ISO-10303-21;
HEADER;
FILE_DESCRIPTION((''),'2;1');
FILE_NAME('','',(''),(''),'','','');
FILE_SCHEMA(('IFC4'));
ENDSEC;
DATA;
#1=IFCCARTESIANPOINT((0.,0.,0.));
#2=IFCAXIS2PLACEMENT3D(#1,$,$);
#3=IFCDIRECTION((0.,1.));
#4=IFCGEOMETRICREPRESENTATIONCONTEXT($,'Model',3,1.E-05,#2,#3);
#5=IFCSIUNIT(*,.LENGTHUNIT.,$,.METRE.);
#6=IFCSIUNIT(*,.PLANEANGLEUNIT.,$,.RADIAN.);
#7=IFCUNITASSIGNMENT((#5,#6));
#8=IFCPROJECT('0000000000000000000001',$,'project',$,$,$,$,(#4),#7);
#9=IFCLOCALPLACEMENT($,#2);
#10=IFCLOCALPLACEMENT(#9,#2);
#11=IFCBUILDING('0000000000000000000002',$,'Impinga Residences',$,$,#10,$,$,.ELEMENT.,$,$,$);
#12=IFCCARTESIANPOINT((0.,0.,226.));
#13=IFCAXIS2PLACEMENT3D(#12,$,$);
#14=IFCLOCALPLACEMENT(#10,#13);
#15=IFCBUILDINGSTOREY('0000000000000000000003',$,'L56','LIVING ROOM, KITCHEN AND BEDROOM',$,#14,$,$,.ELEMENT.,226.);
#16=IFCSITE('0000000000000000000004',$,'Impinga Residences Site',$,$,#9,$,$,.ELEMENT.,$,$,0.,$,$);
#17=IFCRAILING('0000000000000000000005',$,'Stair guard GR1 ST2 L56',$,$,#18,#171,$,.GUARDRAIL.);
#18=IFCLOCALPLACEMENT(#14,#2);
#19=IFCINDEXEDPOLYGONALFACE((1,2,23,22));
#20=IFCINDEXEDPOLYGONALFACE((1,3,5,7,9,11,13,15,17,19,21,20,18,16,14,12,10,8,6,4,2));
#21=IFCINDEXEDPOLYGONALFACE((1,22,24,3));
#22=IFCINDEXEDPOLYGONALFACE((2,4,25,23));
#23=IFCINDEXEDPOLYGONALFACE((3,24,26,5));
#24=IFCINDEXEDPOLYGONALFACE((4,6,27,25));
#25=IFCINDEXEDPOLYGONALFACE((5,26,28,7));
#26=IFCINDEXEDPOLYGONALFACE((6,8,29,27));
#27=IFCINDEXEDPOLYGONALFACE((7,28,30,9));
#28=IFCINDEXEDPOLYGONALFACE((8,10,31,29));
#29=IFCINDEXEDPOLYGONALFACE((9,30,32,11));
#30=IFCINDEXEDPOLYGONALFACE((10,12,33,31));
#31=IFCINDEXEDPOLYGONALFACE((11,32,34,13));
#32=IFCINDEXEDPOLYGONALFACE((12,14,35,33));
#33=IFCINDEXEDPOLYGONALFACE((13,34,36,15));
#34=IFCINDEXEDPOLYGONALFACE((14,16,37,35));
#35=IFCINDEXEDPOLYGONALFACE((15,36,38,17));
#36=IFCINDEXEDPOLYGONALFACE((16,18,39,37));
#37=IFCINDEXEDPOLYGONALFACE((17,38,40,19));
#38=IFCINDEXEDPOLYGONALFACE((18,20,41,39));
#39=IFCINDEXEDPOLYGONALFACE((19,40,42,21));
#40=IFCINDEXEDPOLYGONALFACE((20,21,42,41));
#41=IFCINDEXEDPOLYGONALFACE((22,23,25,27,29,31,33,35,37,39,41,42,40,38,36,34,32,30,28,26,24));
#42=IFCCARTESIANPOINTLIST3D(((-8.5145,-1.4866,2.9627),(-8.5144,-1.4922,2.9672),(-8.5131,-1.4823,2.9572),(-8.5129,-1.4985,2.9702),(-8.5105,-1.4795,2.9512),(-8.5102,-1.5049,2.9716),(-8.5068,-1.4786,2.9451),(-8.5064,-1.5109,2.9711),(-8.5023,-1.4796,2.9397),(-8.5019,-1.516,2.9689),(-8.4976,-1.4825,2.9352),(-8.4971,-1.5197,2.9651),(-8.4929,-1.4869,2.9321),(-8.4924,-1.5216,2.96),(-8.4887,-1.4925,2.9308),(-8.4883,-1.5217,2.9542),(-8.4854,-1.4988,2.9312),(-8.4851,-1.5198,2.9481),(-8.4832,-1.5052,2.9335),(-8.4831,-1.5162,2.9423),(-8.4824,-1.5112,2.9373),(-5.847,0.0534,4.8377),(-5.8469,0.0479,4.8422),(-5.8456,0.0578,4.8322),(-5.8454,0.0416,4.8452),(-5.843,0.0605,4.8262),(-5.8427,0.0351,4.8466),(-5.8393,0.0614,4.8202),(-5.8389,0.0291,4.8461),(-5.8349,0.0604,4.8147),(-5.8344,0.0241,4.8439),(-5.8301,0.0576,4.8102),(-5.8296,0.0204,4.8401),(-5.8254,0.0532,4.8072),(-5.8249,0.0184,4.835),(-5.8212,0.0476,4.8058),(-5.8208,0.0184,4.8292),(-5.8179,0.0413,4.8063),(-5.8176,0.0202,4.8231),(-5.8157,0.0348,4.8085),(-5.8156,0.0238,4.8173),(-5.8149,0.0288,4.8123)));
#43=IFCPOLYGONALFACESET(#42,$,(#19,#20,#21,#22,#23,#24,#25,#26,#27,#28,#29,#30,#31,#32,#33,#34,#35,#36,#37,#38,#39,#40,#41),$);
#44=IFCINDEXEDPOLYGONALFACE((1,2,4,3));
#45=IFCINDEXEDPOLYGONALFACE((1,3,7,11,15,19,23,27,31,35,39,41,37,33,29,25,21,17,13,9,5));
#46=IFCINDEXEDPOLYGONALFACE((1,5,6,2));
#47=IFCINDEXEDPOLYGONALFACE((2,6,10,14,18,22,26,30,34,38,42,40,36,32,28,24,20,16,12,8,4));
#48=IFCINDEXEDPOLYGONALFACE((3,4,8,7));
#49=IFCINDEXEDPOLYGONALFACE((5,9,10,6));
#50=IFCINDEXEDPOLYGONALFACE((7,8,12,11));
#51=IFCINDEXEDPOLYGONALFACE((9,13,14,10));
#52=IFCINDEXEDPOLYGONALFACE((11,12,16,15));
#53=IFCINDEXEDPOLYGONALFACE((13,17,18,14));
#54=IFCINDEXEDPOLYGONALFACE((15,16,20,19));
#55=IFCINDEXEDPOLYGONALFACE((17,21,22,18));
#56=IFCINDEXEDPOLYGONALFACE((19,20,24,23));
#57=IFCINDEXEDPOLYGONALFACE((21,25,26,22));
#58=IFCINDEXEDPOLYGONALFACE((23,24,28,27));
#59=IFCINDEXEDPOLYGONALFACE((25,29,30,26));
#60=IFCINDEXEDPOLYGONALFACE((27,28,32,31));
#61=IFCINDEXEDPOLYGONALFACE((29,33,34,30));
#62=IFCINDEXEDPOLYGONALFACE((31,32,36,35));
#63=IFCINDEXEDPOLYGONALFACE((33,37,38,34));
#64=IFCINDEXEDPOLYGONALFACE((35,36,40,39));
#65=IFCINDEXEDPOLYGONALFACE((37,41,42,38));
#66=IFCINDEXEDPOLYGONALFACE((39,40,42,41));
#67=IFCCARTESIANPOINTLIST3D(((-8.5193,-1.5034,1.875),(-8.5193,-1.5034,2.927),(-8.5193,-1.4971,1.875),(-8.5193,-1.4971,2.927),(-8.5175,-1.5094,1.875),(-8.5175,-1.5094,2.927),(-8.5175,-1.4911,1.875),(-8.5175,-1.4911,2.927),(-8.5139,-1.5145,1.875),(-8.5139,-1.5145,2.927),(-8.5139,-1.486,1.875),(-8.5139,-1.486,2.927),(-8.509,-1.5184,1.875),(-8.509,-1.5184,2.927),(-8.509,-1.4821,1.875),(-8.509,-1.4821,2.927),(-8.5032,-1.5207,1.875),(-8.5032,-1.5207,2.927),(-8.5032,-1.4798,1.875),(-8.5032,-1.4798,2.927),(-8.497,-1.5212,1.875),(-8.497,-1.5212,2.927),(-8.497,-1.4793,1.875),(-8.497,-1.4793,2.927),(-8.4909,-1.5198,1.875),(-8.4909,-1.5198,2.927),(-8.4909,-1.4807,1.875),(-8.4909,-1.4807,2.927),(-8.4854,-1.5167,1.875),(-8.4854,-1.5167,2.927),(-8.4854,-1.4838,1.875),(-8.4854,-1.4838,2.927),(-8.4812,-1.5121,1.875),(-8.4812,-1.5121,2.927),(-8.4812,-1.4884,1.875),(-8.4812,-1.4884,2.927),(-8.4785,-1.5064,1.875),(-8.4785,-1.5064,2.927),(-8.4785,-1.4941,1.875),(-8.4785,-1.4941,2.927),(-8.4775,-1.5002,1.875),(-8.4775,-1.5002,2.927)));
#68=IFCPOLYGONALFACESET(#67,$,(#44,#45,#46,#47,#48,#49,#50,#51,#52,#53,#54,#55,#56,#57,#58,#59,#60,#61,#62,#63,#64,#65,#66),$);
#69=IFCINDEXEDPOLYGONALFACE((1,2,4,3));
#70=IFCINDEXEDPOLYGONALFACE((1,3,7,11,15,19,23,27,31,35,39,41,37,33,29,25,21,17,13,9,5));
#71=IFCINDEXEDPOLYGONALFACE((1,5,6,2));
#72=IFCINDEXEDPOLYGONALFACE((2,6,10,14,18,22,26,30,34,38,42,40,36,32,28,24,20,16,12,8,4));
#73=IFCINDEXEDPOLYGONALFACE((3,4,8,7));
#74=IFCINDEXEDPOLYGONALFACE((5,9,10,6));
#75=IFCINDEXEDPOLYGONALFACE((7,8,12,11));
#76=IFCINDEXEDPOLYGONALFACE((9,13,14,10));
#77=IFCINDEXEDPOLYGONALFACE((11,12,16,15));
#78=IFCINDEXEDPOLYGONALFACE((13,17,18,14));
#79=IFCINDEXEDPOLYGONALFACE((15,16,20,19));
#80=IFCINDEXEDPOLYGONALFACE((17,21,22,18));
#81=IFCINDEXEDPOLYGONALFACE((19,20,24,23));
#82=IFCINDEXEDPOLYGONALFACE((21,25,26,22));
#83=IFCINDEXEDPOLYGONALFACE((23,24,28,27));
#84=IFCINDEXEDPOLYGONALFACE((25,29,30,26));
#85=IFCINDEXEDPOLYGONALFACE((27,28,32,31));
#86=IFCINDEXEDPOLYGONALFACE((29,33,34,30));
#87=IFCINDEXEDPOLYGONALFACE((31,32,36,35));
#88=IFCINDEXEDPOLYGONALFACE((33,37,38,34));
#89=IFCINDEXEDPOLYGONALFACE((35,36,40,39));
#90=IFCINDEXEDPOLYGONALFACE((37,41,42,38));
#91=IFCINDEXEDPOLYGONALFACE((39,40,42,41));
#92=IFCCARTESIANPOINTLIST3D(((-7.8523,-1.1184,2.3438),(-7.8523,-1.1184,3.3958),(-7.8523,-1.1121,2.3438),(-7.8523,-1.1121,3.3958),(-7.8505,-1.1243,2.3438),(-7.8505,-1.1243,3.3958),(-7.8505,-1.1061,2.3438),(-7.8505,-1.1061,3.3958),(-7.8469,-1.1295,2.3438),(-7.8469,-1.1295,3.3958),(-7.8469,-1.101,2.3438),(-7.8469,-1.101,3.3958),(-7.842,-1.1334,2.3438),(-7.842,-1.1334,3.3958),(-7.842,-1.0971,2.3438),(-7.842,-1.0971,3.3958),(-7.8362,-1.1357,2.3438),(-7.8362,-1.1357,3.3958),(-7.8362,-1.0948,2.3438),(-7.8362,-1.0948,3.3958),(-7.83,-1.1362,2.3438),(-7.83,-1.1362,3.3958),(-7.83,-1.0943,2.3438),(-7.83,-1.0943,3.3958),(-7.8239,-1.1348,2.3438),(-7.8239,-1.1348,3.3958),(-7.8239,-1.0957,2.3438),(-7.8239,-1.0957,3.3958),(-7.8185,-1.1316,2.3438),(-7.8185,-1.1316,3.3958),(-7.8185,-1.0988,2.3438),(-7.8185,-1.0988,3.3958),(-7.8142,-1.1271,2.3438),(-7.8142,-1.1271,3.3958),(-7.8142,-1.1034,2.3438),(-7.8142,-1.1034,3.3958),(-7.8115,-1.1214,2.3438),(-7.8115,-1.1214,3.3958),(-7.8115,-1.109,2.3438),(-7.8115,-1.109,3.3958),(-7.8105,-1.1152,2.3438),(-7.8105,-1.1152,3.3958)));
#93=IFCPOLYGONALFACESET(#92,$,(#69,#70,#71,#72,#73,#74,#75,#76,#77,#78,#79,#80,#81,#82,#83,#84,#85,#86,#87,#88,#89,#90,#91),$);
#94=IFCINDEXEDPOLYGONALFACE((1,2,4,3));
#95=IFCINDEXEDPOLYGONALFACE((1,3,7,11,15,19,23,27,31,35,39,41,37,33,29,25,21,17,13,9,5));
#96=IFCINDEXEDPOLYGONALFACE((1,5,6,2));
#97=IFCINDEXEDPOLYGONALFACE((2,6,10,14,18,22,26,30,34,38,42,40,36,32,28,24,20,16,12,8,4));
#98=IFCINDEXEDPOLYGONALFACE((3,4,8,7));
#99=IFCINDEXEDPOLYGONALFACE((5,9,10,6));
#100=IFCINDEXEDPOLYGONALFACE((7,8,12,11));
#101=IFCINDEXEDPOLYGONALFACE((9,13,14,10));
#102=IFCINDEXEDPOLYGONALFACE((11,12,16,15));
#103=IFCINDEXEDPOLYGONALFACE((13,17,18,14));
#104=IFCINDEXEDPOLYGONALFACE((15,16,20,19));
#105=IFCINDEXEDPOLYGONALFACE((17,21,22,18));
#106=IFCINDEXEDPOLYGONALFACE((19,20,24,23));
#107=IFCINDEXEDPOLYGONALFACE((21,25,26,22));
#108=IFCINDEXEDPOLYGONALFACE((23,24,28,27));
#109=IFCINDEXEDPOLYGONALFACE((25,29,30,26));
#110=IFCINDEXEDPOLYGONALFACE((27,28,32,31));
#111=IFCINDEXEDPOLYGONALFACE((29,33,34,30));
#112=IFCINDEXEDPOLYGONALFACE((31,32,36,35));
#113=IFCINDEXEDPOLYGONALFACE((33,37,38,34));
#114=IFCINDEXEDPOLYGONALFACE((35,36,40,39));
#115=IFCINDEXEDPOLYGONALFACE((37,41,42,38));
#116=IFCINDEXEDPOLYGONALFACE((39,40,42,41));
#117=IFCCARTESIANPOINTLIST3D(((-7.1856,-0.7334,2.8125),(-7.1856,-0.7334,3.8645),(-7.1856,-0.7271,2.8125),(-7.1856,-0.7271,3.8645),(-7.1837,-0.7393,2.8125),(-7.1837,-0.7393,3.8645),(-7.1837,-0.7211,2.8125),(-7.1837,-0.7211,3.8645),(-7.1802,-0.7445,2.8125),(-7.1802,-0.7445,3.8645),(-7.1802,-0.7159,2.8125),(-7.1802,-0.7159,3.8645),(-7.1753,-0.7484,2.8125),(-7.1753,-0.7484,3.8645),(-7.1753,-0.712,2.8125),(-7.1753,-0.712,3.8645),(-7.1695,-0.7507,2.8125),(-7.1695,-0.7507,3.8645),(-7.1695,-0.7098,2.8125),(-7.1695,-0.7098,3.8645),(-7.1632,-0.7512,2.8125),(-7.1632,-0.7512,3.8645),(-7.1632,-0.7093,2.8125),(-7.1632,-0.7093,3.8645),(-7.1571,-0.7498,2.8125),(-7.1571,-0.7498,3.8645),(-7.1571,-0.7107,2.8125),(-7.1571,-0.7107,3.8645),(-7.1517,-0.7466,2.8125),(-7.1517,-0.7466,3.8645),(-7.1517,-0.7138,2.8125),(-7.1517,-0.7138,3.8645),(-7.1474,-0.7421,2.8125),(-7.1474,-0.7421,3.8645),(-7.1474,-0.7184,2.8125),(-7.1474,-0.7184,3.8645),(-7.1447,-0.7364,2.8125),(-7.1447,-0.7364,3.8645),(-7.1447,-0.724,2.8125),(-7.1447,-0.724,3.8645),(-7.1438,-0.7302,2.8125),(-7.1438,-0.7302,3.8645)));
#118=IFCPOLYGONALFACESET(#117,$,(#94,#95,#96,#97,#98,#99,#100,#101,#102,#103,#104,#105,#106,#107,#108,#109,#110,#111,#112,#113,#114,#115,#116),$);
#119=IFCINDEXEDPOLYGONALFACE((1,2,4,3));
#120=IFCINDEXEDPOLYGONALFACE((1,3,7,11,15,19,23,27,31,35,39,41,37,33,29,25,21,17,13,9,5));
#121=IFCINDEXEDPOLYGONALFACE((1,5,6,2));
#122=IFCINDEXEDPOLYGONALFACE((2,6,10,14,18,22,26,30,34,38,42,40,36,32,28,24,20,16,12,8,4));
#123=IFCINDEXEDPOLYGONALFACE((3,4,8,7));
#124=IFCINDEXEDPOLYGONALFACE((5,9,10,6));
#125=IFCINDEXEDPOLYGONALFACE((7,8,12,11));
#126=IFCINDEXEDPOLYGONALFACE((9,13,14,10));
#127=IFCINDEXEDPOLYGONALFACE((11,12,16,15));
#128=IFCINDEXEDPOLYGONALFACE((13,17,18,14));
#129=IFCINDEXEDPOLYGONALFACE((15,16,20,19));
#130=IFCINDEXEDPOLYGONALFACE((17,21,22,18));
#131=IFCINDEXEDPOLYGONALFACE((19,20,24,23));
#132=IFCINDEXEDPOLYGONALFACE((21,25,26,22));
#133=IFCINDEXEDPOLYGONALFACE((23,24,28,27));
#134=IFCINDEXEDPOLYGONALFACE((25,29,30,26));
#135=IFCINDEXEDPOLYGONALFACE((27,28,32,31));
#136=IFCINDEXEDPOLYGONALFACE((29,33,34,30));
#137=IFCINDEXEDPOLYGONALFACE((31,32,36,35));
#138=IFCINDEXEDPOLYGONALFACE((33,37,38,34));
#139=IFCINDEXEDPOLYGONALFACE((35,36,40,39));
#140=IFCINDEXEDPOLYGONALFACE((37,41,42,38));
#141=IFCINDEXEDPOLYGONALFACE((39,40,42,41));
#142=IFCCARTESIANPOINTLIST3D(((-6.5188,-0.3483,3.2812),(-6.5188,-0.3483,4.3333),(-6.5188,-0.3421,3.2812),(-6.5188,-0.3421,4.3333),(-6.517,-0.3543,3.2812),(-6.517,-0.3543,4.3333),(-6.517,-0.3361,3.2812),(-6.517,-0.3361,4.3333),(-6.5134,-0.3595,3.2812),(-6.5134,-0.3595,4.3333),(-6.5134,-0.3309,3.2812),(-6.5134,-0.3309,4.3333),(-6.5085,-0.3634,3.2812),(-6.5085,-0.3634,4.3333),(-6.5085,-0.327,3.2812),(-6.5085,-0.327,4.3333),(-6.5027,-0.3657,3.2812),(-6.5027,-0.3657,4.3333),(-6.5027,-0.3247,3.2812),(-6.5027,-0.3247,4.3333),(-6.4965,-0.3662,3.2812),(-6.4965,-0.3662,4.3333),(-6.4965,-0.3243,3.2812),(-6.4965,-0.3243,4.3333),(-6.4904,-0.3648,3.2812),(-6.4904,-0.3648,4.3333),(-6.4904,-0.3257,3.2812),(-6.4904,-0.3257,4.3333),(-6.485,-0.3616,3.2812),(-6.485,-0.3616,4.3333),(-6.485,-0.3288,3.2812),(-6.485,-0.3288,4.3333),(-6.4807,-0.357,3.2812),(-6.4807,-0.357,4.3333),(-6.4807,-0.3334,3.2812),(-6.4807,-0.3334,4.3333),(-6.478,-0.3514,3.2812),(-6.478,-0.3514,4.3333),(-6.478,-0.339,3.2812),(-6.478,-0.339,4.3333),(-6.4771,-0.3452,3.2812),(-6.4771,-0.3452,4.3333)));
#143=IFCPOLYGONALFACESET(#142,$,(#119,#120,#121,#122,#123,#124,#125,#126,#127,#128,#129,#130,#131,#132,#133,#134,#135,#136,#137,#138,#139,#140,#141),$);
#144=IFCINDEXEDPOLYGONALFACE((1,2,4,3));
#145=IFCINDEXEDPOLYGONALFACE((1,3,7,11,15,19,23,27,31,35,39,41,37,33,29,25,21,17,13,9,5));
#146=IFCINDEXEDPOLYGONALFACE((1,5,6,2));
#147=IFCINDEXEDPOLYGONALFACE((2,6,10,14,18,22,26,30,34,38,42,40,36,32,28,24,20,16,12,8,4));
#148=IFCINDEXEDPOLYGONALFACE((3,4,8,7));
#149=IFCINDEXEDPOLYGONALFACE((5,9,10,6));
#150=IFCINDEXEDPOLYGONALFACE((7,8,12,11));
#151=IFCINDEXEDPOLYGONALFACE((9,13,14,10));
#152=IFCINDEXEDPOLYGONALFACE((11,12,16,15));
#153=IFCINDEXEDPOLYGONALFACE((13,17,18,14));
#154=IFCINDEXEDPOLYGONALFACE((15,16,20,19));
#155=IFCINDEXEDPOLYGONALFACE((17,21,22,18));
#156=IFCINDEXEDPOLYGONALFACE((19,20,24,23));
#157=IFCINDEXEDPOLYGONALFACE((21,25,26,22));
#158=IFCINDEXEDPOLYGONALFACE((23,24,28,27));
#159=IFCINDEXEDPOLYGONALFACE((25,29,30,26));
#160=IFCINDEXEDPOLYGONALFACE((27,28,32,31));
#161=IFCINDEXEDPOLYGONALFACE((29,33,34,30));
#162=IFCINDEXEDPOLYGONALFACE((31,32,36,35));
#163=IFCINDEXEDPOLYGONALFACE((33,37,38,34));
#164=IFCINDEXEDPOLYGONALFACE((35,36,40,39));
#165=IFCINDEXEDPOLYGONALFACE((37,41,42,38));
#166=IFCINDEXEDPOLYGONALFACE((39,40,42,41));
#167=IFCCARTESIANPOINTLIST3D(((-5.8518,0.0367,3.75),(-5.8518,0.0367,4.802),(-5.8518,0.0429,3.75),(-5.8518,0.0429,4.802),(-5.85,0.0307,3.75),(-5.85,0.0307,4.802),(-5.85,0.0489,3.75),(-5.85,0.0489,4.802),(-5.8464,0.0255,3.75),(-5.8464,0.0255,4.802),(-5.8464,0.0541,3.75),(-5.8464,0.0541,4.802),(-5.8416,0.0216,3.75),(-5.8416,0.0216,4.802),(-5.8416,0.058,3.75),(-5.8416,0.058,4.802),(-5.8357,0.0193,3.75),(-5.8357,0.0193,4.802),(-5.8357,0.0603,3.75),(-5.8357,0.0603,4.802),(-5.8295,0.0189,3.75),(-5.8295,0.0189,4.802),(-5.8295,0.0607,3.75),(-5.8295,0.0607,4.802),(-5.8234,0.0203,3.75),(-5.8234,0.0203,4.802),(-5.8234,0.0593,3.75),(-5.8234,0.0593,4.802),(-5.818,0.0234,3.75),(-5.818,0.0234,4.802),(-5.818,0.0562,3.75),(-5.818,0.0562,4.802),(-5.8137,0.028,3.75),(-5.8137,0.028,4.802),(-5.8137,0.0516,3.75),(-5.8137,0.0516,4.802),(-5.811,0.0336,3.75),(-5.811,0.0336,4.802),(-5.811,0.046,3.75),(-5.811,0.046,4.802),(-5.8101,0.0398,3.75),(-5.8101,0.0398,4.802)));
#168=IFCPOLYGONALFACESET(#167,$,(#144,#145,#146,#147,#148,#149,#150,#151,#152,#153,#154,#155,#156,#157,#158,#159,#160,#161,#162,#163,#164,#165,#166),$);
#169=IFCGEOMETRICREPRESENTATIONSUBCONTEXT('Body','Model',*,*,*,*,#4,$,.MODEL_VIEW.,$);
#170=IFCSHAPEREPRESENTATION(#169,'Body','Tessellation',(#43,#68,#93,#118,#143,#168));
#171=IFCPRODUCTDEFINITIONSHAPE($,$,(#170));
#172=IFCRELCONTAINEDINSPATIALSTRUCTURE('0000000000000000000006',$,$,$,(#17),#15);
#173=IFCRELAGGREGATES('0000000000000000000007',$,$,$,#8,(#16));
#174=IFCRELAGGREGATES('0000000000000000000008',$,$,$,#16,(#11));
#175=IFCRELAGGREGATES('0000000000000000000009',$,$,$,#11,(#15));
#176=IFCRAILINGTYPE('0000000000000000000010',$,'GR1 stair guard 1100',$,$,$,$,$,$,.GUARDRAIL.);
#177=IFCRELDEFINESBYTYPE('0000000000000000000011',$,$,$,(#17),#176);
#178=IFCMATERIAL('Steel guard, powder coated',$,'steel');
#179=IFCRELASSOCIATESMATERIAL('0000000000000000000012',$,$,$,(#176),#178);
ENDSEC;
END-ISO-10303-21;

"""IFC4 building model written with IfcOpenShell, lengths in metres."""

from ifc_helpers import new_model, si_unit, direction, frame, origin, origin_2d, place, context, subcontext, project, spatial, circle, extrude, material, type_object, element, save


model = new_model("IFC4")

# Units and contexts
model_context = context("Model", 3, precision=1e-05, world=origin(), true_north=direction((0.0, 1.0)))
body_context = subcontext(model_context, "Body", "Model", "MODEL_VIEW")
ifc_project = project(units=[si_unit("LENGTHUNIT", "METRE"), si_unit("PLANEANGLEUNIT", "RADIAN")], contexts=[model_context])

# Site, building, storey
site_placement = place(None, origin())
site = spatial("IfcSite", under=ifc_project, at=site_placement, Name="Impinga Residences Site", CompositionType="ELEMENT", RefElevation=0.0)
building_placement = place(site_placement, origin())
building = spatial("IfcBuilding", under=site, at=building_placement, Name="Impinga Residences", CompositionType="ELEMENT")
storey_placement = place(building_placement, frame((0.0, 0.0, 226.0)))
storey = spatial("IfcBuildingStorey", under=building, at=storey_placement, Name="L56", Description="LIVING ROOM, KITCHEN AND BEDROOM", CompositionType="ELEMENT", Elevation=226.0)

# Railing
ifc_material_1 = material(Name="Steel guard, powder coated", Category="steel")
railing_type_1 = type_object("IfcRailingType", Name="GR1 stair guard 1100", PredefinedType="GUARDRAIL", material=ifc_material_1)
railing_1_placement = place(storey_placement, frame((-8.4985, -1.5002, 1.875)))
element("IfcRailing", 1, at=railing_1_placement, inside=storey, type_object=railing_type_1, Name="Stair guard GR1 ST2 L56", PredefinedType="GUARDRAIL", context=body_context, shape_type="SweptSolid", body=[
    extrude(circle(Radius=0.0239, at=origin_2d()), frame((0.0, 0.0, 1.0762), z_axis=(0.739746, 0.427084, 0.519975), x_axis=(-0.499992, 0.86603, 0.0)), (0.0, 0.0, 1.0), 3.606),
    extrude(circle(Radius=0.021, at=origin_2d()), origin(), (0.0, 0.0, 1.0), 1.052),
    extrude(circle(Radius=0.021, at=origin_2d()), frame((0.667, 0.385, 0.4688)), (0.0, 0.0, 1.0), 1.052),
    extrude(circle(Radius=0.021, at=origin_2d()), frame((1.3337, 0.77, 0.9375)), (0.0, 0.0, 1.0), 1.052),
    extrude(circle(Radius=0.021, at=origin_2d()), frame((2.0005, 1.155, 1.4062)), (0.0, 0.0, 1.0), 1.052),
    extrude(circle(Radius=0.021, at=origin_2d()), frame((2.6675, 1.54, 1.875)), (0.0, 0.0, 1.0), 1.052),
])

save(model, "model.ifc")
